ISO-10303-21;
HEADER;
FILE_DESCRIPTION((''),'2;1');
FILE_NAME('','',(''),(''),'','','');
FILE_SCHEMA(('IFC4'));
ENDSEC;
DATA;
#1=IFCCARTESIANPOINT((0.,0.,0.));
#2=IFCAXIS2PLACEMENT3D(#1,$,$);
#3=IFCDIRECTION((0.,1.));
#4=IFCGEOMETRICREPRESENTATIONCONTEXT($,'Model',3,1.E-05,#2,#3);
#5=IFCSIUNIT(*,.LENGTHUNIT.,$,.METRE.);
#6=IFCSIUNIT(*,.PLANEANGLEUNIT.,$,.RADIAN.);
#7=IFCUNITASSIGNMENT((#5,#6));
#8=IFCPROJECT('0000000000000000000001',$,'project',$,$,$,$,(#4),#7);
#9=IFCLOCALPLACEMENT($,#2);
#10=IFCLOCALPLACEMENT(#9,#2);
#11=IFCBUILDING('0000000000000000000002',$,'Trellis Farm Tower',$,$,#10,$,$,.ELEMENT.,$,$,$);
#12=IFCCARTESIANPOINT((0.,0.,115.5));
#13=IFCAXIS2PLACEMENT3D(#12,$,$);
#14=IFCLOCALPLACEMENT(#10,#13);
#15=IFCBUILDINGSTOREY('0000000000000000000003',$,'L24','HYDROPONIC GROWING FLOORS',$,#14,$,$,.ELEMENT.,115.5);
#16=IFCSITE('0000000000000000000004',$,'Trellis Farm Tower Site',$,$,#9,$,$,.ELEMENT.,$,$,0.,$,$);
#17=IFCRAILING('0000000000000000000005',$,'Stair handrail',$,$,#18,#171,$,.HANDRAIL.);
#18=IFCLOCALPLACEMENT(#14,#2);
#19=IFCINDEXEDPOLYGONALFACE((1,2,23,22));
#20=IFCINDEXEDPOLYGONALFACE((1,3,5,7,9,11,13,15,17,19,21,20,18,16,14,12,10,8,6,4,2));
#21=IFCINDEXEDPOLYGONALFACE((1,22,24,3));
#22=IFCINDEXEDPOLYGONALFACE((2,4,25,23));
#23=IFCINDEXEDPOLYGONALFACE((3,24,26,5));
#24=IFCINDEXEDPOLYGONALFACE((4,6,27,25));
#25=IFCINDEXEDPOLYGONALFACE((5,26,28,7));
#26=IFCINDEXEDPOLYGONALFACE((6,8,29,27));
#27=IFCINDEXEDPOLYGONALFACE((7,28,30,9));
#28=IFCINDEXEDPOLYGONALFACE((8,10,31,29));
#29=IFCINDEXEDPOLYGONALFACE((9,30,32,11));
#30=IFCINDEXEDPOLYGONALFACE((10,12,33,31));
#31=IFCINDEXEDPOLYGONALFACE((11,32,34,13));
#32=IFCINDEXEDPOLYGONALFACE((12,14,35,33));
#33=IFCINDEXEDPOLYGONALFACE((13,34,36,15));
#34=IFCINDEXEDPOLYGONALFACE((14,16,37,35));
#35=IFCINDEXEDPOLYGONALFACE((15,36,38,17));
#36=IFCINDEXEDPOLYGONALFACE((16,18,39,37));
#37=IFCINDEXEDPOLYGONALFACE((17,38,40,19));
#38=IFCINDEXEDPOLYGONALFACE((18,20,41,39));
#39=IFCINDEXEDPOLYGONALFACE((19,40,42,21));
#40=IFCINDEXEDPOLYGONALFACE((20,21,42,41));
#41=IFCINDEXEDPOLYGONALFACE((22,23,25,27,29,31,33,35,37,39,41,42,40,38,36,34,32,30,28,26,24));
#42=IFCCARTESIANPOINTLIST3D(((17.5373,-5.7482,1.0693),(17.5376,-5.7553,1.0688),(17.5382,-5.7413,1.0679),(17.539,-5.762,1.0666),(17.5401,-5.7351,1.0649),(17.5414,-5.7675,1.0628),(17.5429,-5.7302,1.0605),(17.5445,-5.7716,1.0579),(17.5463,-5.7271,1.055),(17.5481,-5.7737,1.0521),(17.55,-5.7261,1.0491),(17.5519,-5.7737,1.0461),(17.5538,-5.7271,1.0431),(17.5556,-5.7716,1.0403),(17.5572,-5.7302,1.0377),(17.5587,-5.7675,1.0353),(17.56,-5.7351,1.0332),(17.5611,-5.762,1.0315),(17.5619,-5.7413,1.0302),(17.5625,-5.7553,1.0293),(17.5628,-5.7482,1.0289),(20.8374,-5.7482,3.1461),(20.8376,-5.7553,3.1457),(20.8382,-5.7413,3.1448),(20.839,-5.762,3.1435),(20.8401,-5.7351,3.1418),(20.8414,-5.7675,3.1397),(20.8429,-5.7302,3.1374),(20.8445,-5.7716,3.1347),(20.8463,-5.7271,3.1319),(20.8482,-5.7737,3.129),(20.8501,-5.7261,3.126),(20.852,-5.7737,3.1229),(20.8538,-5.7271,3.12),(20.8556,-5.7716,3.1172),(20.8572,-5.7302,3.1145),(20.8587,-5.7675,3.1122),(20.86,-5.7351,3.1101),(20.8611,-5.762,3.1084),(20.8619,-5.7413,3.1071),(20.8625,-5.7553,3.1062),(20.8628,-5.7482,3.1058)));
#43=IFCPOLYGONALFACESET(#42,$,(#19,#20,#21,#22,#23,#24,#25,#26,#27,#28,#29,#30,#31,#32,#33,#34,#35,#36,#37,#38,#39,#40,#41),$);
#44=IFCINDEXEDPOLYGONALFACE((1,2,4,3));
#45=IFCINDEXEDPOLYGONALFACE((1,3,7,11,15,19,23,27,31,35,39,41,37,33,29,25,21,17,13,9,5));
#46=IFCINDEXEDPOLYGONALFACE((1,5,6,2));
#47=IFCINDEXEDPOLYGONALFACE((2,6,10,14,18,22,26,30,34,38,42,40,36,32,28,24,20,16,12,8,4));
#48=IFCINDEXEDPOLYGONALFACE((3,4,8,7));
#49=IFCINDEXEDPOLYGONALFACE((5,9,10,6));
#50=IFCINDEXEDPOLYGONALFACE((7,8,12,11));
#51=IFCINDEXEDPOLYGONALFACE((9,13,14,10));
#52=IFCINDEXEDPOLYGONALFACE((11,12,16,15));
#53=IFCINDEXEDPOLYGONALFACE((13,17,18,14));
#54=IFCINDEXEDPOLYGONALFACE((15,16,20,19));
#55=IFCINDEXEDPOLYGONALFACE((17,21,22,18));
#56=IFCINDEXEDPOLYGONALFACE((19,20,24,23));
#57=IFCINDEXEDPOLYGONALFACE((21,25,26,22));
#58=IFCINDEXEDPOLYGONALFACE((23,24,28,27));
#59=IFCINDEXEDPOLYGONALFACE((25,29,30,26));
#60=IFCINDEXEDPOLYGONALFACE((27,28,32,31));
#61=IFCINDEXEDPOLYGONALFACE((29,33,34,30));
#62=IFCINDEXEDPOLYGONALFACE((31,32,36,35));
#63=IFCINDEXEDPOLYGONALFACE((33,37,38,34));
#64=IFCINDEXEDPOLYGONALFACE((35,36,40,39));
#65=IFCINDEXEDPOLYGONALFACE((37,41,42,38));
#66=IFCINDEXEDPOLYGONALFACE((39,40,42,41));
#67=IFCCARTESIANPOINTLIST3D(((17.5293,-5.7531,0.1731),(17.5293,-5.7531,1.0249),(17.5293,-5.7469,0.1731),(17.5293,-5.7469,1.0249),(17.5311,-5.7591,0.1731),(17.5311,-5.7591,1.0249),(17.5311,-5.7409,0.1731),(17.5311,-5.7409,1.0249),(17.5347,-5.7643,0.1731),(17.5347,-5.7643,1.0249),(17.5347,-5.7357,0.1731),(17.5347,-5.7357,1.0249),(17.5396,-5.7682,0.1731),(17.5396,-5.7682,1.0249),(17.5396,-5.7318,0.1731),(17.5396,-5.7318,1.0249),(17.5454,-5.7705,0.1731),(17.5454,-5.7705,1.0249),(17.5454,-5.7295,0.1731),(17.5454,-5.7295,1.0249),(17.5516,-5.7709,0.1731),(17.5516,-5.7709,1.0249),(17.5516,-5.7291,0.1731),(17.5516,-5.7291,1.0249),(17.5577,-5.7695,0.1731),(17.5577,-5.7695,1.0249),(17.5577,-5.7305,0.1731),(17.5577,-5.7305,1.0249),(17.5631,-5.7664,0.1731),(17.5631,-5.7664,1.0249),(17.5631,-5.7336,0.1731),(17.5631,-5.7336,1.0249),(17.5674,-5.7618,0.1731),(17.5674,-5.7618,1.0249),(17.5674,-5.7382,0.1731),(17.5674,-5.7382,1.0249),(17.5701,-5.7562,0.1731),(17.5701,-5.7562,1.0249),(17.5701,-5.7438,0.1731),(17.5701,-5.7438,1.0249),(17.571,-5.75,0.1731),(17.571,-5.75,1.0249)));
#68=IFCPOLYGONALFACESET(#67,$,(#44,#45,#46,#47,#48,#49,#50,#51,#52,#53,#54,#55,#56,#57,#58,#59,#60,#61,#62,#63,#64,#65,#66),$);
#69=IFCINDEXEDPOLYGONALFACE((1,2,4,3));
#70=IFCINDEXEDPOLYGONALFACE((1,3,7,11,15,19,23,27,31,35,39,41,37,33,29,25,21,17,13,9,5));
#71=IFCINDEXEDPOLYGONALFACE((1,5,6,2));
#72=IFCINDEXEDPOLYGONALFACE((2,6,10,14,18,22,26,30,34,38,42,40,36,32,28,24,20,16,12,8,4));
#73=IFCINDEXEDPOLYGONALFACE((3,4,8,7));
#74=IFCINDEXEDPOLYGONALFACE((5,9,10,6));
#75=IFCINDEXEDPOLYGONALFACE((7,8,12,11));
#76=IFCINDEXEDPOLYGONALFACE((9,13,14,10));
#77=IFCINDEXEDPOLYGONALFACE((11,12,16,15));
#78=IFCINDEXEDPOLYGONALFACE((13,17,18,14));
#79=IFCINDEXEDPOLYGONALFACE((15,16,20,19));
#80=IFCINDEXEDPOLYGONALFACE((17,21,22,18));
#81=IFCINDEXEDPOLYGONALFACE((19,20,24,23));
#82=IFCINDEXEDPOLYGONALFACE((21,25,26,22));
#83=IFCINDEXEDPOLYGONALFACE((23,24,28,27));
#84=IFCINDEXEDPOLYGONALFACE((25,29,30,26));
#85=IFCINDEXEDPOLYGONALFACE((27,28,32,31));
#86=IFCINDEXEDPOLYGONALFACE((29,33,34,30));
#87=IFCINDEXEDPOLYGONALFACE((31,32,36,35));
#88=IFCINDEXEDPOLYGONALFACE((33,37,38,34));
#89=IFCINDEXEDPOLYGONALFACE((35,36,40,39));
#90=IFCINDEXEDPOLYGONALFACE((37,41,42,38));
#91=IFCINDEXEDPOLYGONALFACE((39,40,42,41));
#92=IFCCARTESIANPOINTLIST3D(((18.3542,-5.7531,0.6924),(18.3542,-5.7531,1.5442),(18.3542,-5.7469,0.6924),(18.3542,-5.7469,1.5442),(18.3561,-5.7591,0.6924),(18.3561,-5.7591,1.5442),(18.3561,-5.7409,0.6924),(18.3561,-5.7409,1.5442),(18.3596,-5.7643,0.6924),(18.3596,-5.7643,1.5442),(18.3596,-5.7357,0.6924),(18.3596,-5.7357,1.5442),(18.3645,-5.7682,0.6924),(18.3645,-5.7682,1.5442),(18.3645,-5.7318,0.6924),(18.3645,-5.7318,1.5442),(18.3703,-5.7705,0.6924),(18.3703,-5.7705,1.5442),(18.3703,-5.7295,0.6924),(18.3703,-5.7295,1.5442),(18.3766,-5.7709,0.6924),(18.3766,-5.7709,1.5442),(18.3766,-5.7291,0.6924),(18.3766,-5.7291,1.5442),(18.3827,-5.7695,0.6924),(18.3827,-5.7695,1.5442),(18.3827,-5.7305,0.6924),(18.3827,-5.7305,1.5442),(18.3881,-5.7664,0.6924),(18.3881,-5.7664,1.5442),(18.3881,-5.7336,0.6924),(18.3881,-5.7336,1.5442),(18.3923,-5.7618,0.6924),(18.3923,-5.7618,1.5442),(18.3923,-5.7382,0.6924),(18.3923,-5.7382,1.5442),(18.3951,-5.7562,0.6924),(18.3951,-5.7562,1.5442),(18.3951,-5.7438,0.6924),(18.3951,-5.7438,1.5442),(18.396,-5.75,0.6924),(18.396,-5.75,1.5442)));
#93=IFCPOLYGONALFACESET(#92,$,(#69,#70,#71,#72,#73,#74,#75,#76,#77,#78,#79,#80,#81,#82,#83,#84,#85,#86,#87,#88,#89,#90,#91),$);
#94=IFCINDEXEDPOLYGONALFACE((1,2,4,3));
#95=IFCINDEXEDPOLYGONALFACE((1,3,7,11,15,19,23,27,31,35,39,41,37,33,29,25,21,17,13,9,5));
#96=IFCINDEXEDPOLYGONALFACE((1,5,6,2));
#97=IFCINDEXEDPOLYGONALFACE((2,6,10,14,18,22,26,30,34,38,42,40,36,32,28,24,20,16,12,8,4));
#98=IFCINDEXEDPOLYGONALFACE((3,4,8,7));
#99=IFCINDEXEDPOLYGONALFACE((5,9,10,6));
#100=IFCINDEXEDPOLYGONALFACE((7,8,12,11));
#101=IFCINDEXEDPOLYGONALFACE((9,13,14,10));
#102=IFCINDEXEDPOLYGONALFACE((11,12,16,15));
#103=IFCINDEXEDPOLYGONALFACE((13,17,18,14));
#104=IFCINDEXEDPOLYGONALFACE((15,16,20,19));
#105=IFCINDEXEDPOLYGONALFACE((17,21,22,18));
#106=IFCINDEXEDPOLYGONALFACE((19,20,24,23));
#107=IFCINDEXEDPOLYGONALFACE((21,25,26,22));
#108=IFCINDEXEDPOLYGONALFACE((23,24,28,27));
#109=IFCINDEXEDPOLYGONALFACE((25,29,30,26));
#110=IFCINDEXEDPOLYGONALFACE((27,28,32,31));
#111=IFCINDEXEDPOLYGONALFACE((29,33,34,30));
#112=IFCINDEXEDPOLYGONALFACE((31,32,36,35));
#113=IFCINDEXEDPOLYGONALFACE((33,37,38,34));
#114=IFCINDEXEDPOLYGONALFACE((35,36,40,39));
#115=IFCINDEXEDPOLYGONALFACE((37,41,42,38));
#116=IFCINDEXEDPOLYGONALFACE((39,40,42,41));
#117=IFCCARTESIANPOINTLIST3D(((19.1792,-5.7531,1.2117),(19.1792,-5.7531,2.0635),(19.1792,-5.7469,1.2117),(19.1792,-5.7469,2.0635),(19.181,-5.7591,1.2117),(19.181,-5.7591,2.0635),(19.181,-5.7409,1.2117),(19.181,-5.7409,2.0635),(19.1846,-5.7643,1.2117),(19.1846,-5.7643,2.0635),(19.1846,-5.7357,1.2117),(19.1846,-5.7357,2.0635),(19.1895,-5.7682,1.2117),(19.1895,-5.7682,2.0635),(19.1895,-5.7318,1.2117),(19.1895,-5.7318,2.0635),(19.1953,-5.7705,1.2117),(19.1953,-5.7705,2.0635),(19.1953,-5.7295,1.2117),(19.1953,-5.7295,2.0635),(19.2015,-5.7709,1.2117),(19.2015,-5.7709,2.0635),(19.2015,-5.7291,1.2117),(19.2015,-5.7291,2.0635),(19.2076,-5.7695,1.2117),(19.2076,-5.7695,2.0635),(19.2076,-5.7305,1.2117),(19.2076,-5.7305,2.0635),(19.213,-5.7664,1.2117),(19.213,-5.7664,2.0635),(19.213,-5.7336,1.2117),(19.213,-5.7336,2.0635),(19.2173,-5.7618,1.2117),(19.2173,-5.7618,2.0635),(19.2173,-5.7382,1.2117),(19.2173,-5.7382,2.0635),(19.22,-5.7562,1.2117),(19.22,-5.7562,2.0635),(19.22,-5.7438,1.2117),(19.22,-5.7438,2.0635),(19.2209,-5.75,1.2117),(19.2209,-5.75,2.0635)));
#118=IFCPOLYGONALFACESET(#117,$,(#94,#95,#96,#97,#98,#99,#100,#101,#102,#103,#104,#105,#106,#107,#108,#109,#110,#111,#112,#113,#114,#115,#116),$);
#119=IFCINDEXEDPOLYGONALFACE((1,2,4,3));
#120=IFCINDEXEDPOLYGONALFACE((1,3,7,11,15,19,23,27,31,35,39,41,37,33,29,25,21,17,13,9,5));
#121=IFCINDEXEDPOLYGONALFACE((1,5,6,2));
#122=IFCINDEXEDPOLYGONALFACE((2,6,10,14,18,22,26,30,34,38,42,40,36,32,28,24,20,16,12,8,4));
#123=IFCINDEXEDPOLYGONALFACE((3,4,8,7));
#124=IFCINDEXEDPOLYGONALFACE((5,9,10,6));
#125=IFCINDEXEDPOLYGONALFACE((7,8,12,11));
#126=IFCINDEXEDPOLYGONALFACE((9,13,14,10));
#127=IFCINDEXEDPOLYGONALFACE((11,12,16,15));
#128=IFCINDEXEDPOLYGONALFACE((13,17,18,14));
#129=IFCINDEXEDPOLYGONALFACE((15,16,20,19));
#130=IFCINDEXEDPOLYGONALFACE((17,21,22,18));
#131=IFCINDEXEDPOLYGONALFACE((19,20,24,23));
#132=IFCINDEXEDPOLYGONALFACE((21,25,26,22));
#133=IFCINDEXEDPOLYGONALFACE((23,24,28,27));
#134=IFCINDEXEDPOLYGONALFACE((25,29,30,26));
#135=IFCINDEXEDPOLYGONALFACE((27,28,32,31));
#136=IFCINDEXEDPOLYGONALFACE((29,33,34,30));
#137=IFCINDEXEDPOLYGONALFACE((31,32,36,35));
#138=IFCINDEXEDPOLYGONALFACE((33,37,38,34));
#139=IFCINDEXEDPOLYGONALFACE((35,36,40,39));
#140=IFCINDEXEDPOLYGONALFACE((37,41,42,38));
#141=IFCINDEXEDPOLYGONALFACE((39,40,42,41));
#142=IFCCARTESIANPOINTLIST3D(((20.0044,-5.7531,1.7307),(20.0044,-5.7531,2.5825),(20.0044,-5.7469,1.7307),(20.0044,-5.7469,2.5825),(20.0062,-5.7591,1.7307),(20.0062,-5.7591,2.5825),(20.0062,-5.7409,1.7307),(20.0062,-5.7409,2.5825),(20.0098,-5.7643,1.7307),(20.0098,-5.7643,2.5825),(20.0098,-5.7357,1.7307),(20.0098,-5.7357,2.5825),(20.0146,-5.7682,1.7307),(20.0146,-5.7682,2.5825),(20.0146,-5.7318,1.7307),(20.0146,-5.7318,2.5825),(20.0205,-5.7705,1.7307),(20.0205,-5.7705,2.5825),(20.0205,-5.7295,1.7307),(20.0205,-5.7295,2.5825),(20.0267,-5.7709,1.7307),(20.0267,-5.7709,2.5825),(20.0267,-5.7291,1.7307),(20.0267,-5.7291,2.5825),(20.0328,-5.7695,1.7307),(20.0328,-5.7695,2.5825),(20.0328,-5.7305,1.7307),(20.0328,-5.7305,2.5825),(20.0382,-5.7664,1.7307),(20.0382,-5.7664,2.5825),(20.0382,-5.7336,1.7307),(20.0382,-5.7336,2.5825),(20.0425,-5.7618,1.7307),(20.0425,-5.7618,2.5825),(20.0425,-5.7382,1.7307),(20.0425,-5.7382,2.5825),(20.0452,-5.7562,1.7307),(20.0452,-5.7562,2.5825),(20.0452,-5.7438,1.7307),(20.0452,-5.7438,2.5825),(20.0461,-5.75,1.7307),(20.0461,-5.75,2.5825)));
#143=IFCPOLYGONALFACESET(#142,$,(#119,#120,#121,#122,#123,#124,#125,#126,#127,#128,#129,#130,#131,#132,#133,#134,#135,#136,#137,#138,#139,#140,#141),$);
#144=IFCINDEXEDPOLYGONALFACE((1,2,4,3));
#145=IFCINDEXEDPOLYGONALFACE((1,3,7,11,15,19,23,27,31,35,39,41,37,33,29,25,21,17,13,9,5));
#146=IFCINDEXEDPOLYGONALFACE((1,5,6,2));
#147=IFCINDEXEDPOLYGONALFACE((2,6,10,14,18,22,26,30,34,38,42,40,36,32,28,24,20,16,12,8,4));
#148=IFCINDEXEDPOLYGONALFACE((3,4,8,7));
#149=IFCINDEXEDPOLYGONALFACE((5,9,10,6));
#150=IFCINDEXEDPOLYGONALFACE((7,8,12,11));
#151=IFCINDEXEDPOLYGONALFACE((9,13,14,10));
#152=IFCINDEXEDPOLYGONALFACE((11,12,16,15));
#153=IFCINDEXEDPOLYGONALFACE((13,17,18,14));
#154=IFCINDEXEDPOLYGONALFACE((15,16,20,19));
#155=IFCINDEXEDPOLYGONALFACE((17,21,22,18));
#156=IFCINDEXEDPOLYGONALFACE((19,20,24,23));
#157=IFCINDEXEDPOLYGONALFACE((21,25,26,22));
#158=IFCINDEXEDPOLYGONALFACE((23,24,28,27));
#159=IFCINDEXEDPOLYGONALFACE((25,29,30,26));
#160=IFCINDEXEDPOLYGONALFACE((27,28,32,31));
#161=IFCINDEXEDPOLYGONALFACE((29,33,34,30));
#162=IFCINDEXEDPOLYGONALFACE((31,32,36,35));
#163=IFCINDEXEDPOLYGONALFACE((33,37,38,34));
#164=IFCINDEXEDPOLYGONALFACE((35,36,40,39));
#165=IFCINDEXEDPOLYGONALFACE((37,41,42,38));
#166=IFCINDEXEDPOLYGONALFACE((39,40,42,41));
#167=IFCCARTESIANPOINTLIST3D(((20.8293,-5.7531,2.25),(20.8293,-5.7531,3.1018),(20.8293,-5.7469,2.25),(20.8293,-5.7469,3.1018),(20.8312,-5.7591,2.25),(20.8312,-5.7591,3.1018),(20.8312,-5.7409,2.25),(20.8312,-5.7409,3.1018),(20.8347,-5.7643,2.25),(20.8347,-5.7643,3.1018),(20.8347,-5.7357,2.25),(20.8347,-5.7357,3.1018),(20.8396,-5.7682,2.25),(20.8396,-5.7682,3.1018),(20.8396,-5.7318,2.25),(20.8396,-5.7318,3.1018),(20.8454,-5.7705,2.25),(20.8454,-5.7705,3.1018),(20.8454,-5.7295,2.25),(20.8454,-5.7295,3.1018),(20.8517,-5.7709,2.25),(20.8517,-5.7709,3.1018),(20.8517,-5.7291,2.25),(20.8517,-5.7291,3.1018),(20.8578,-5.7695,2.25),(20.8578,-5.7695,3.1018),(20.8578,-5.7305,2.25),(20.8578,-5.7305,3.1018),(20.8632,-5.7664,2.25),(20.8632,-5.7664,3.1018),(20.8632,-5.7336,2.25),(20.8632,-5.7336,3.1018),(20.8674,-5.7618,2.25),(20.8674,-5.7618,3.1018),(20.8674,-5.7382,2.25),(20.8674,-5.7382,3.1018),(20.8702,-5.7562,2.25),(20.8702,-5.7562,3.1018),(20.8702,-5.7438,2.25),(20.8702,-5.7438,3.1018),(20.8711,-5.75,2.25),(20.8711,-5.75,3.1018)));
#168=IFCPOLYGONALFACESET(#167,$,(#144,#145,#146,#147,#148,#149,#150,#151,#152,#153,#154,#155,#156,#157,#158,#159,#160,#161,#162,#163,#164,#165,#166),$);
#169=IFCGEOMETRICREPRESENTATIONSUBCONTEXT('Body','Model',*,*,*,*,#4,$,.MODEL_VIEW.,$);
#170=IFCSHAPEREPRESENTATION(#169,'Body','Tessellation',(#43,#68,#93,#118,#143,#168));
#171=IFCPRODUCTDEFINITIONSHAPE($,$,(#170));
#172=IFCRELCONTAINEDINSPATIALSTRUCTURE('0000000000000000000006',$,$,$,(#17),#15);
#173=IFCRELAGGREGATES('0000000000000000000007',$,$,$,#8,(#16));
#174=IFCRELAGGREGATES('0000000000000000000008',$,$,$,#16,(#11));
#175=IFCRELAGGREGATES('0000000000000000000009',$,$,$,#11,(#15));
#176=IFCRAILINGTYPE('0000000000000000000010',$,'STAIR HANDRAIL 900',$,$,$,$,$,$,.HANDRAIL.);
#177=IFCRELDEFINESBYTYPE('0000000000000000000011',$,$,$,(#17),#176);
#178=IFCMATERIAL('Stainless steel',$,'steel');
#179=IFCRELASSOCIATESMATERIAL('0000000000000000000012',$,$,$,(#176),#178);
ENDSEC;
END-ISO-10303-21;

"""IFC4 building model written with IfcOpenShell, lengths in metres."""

from ifc_helpers import new_model, si_unit, direction, frame, origin, origin_2d, place, context, subcontext, project, spatial, circle, extrude, source, transform, mapped, material, type_object, element, save


model = new_model("IFC4")

# Units and contexts
model_context = context("Model", 3, precision=1e-05, world=origin(), true_north=direction((0.0, 1.0)))
body_context = subcontext(model_context, "Body", "Model", "MODEL_VIEW")
ifc_project = project(units=[si_unit("LENGTHUNIT", "METRE"), si_unit("PLANEANGLEUNIT", "RADIAN")], contexts=[model_context])

# Site, building, storey
site_placement = place(None, origin())
site = spatial("IfcSite", under=ifc_project, at=site_placement, Name="Trellis Farm Tower Site", CompositionType="ELEMENT", RefElevation=0.0)
building_placement = place(site_placement, origin())
building = spatial("IfcBuilding", under=site, at=building_placement, Name="Trellis Farm Tower", CompositionType="ELEMENT")
storey_placement = place(building_placement, frame((0.0, 0.0, 115.5)))
storey = spatial("IfcBuildingStorey", under=building, at=storey_placement, Name="L24", Description="HYDROPONIC GROWING FLOORS", CompositionType="ELEMENT", Elevation=115.5)

# Railing
ifc_material_1 = material(Name="Stainless steel", Category="steel")
railing_type = type_object("IfcRailingType", Name="STAIR HANDRAIL 900", PredefinedType="HANDRAIL", material=ifc_material_1)
shared_shape_1 = source(origin(), body_context, "Body", "SweptSolid", [
    extrude(circle(Radius=0.0239, at=origin_2d()), frame((0.0, 0.0, 0.876), z_axis=(0.846337, 0.0, 0.532647), x_axis=(0.0, 1.0, 0.0)), (0.0, 0.0, 1.0), 3.8992),
    extrude(circle(Radius=0.021, at=origin_2d()), origin(), (0.0, 0.0, 1.0), 0.8518),
    extrude(circle(Radius=0.021, at=origin_2d()), frame((0.825, 0.0, 0.5193)), (0.0, 0.0, 1.0), 0.8518),
    extrude(circle(Radius=0.021, at=origin_2d()), frame((1.6499, 0.0, 1.0386)), (0.0, 0.0, 1.0), 0.8518),
    extrude(circle(Radius=0.021, at=origin_2d()), frame((2.4751, 0.0, 1.5576)), (0.0, 0.0, 1.0), 0.8518),
    extrude(circle(Radius=0.021, at=origin_2d()), frame((3.3, 0.0, 2.0769)), (0.0, 0.0, 1.0), 0.8518),
])
railing_placement = place(storey_placement, frame((17.55, -5.75, 0.1731)))
element("IfcRailing", 1, at=railing_placement, inside=storey, type_object=railing_type, Name="Stair handrail", PredefinedType="HANDRAIL", context=body_context, shape_type="MappedRepresentation", body=[
    mapped(shared_shape_1, transform((0.0, 0.0, 0.0))),
])

save(model, "model.ifc")
